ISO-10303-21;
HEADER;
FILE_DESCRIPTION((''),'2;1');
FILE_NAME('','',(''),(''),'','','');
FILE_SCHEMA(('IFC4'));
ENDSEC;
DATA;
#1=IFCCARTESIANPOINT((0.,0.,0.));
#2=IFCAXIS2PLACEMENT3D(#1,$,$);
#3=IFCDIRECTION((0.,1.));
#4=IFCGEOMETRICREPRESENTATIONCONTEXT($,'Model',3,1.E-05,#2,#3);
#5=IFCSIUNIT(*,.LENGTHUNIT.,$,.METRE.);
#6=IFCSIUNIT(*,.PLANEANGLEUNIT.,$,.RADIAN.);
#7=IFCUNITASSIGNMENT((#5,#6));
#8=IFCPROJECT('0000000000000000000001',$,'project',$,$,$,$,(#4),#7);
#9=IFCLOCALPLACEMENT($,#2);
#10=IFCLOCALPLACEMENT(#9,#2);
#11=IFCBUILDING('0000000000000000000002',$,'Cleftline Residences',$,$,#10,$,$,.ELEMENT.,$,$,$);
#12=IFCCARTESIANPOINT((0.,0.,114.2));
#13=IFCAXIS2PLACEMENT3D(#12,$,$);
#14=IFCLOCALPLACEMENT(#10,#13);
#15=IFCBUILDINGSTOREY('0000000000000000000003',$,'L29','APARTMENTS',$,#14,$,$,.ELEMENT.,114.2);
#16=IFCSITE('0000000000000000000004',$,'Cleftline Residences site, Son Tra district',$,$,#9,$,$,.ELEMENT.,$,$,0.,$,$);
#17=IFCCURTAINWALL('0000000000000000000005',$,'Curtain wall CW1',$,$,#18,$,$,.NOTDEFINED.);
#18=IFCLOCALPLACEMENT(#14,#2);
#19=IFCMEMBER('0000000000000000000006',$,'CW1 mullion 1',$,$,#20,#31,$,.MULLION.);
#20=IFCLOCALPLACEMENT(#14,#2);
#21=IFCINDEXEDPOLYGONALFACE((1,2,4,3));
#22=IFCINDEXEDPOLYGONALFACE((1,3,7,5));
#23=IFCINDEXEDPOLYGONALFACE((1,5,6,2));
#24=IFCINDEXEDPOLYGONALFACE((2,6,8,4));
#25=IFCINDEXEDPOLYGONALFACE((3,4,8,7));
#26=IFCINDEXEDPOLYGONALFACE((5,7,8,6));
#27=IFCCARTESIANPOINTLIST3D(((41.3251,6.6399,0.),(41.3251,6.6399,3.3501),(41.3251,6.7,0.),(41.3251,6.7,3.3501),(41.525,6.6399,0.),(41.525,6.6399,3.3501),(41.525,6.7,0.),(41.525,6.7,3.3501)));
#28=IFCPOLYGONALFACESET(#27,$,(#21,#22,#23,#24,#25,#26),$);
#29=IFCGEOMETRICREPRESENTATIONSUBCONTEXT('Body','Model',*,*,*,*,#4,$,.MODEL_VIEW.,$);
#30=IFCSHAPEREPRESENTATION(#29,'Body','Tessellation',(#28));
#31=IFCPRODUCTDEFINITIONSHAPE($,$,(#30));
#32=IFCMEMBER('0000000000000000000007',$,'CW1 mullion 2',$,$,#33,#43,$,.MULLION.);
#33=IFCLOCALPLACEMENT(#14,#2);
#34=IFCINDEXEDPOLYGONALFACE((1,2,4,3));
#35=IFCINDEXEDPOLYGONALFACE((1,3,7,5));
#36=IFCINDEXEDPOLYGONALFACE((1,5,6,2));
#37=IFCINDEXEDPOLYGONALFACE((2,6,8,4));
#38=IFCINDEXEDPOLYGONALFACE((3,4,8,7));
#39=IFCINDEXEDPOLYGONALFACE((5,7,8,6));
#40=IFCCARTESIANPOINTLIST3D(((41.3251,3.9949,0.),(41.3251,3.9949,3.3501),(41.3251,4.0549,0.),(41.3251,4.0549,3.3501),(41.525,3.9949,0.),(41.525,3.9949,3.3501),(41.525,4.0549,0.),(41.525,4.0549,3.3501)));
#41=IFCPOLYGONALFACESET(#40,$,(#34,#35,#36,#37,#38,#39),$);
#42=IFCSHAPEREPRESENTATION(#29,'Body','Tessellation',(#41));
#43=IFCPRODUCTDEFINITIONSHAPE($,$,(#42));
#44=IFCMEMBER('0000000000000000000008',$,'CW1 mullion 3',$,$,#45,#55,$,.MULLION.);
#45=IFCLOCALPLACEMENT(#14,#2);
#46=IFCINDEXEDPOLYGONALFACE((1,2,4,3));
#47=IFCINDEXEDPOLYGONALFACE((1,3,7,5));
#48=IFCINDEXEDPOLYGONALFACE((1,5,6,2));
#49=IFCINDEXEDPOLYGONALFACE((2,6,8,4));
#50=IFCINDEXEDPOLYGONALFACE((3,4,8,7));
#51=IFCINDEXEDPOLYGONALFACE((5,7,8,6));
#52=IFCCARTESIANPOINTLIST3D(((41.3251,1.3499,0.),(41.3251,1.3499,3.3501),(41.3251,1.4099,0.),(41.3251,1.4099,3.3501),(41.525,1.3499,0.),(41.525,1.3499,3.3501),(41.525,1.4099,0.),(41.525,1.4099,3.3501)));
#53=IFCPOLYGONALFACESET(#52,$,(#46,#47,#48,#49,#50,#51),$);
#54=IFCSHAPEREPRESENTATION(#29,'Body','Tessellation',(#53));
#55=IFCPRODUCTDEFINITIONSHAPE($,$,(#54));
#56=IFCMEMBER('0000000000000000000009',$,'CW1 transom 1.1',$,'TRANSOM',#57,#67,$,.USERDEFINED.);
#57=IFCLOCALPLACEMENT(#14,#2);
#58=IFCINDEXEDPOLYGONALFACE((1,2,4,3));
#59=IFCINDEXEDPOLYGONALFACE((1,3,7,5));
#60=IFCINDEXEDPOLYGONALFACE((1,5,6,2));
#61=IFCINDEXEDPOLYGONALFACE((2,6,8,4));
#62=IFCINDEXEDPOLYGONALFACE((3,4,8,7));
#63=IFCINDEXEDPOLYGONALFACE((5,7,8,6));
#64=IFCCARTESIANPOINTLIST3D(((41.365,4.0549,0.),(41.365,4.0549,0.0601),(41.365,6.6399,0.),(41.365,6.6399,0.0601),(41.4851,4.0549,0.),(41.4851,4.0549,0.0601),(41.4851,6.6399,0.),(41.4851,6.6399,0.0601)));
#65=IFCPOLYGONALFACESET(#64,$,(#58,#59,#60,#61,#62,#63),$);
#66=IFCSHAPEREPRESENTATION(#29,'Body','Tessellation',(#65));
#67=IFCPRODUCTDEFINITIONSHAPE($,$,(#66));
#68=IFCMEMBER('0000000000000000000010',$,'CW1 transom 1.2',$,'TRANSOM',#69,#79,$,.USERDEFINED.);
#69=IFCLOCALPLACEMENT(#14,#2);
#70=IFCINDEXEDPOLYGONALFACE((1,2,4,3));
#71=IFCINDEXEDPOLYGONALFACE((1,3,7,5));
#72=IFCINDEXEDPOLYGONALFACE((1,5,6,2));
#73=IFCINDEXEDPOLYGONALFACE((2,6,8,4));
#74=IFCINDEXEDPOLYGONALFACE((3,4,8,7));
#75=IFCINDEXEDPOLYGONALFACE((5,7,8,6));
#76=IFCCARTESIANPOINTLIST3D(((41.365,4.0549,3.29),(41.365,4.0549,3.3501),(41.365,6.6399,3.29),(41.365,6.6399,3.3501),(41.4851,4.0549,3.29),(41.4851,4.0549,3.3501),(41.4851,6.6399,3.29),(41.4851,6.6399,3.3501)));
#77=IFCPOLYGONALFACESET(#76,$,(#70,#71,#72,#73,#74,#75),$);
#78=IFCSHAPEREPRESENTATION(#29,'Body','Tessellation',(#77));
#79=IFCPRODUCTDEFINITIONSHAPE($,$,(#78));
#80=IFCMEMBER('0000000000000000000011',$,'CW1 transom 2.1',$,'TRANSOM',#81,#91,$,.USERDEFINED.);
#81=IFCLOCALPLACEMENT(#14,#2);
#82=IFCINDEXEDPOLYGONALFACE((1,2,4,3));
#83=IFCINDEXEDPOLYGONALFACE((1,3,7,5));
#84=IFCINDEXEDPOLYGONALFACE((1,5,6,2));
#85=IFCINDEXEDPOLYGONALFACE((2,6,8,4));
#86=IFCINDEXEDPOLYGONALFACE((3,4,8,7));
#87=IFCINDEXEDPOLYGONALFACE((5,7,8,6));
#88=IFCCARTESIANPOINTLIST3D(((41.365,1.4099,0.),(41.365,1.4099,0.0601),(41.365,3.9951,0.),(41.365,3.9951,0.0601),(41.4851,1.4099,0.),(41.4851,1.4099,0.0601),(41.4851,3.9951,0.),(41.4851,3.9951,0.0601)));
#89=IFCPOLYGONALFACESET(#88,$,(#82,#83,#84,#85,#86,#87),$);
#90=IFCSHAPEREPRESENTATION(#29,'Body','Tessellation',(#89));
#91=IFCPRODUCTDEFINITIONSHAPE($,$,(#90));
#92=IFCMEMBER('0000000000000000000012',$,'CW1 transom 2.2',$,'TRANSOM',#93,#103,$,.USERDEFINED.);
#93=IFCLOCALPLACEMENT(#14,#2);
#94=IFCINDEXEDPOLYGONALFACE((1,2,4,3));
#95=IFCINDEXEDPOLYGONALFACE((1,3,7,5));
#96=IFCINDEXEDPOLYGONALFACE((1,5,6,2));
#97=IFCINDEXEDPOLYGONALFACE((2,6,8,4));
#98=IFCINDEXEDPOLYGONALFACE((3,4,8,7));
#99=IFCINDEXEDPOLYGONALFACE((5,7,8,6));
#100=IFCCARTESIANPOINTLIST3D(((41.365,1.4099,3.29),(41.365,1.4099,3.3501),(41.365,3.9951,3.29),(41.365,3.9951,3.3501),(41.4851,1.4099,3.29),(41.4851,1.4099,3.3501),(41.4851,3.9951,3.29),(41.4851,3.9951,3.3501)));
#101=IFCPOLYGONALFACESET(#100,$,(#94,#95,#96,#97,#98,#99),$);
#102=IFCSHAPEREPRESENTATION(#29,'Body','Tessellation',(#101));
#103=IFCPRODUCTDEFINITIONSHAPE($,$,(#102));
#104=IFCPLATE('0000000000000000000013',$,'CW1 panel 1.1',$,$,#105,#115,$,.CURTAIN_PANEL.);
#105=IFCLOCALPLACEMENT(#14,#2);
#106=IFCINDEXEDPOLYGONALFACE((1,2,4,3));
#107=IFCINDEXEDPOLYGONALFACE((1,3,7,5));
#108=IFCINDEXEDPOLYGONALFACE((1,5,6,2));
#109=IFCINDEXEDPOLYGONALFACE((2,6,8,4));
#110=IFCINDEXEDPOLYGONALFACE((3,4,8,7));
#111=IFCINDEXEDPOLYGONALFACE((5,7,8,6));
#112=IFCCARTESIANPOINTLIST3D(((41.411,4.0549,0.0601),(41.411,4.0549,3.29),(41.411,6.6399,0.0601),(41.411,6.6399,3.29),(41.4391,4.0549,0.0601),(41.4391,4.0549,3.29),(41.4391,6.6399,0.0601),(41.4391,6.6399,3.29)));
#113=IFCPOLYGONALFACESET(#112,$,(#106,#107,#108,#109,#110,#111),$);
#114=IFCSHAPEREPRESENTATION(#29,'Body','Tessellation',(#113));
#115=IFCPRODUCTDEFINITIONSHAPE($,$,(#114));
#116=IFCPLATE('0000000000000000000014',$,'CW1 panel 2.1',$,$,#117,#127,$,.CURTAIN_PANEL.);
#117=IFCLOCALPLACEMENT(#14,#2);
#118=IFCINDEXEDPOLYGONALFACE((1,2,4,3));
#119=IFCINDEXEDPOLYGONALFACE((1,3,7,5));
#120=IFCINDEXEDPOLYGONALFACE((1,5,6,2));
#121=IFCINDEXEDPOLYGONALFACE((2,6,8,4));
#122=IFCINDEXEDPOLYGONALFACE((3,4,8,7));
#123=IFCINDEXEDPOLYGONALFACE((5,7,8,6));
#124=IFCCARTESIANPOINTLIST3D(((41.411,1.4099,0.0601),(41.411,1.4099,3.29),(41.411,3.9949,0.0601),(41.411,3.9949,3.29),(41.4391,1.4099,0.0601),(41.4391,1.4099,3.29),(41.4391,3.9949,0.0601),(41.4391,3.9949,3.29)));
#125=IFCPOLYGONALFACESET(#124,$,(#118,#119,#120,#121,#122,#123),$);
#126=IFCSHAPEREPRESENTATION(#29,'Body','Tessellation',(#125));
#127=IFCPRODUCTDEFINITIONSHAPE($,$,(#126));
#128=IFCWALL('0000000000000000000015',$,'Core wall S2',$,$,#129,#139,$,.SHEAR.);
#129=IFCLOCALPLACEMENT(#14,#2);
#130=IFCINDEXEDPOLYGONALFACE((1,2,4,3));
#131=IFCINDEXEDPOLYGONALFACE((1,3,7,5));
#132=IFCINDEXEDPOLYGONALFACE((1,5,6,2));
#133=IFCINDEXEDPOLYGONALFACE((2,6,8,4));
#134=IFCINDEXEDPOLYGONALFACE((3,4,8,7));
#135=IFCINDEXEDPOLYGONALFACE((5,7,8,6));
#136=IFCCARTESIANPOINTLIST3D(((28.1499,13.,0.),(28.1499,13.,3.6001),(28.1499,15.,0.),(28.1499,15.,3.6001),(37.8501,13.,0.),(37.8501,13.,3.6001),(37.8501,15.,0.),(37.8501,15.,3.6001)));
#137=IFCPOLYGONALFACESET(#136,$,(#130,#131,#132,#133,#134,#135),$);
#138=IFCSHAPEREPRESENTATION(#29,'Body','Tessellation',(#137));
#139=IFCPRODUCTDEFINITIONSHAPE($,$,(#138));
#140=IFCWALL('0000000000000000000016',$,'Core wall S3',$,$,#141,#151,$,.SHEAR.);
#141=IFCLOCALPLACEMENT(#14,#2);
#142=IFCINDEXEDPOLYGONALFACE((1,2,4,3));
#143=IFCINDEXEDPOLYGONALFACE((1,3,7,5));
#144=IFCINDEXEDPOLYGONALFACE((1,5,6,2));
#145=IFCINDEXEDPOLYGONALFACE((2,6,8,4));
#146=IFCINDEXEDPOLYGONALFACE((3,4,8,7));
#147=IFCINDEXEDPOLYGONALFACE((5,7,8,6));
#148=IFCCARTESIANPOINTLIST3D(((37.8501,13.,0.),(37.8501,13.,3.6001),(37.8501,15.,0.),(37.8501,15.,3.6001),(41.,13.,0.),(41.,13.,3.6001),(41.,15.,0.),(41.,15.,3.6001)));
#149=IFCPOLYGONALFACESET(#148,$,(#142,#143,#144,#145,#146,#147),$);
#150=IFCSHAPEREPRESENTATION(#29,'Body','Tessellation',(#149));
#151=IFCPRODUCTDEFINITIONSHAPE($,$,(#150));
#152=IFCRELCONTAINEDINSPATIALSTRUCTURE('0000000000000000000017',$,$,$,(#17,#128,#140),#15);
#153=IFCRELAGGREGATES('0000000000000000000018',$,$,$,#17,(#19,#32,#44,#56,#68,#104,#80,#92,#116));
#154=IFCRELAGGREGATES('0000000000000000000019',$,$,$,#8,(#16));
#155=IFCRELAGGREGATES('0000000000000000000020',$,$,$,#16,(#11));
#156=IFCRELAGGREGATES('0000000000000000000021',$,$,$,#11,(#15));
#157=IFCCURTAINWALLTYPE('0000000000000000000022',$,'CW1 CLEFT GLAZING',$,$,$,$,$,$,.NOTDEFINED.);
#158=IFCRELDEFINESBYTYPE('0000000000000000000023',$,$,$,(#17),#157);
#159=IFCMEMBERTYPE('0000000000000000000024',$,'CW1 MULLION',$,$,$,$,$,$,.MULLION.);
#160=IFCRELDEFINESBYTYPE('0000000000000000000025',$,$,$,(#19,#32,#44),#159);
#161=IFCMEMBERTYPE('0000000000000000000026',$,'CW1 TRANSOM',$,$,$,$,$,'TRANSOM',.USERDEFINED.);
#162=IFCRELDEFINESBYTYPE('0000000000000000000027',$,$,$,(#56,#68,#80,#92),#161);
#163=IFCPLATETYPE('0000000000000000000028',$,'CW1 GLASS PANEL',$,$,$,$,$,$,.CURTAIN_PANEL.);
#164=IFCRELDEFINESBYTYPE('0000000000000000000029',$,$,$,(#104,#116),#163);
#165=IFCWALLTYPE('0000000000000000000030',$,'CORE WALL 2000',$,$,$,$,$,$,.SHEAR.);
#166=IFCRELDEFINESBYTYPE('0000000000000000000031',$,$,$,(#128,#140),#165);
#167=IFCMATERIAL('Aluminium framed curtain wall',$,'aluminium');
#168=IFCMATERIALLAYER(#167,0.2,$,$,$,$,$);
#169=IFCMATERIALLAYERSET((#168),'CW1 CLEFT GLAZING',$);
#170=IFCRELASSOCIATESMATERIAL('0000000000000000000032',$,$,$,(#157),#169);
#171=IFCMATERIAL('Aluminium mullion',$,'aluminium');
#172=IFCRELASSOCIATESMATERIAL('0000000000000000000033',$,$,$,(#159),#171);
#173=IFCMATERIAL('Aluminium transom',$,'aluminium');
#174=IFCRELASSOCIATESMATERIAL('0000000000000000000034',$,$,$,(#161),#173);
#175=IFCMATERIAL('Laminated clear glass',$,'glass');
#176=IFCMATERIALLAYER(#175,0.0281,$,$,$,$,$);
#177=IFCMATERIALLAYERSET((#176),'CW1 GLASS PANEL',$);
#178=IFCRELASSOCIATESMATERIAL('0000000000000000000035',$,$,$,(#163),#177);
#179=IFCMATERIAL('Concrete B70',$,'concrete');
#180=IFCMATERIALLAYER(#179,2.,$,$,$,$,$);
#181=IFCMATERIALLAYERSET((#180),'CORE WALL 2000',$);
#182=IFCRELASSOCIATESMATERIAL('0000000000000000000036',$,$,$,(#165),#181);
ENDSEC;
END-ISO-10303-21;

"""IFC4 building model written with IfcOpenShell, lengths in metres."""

from ifc_helpers import new_model, si_unit, direction, frame, frame_2d, origin, origin_2d, place, context, subcontext, project, spatial, rectangle, extrude, material, layer, layer_set, material_profile, profile_set, type_object, element, aggregate, save


model = new_model("IFC4")

# Units and contexts
model_context = context("Model", 3, precision=1e-05, world=origin(), true_north=direction((0.0, 1.0)))
body_context = subcontext(model_context, "Body", "Model", "MODEL_VIEW")
ifc_project = project(units=[si_unit("LENGTHUNIT", "METRE"), si_unit("PLANEANGLEUNIT", "RADIAN")], contexts=[model_context])

# Site, building, storey
site_placement = place(None, origin())
site = spatial("IfcSite", under=ifc_project, at=site_placement, Name="Cleftline Residences site, Son Tra district", CompositionType="ELEMENT", RefElevation=0.0)
building_placement = place(site_placement, origin())
building = spatial("IfcBuilding", under=site, at=building_placement, Name="Cleftline Residences", CompositionType="ELEMENT")
storey_placement = place(building_placement, frame((0.0, 0.0, 114.2)))
storey = spatial("IfcBuildingStorey", under=building, at=storey_placement, Name="L29", Description="APARTMENTS", CompositionType="ELEMENT", Elevation=114.2)

# Curtain wall, members, plates
ifc_material_1 = material(Name="Aluminium framed curtain wall", Category="aluminium")
ifc_layer_1 = layer(ifc_material_1, 0.2)
ifc_layer_set_1 = layer_set([ifc_layer_1], Name="CW1 CLEFT GLAZING")
curtain_wall_type = type_object("IfcCurtainWallType", Name="CW1 CLEFT GLAZING", PredefinedType="NOTDEFINED", material=ifc_layer_set_1)
curtain_wall_placement = place(storey_placement, origin())
curtain_wall = element("IfcCurtainWall", 1, at=curtain_wall_placement, inside=storey, type_object=curtain_wall_type, Name="Curtain wall CW1", PredefinedType="NOTDEFINED")
ifc_material_2 = material(Name="Aluminium mullion", Category="aluminium")
ifc_material_profile_1 = material_profile(ifc_material_2, rectangle(XDim=0.2, YDim=0.0601, at=origin_2d()))
ifc_profile_set_1 = profile_set([ifc_material_profile_1], Name="Aluminium mullion")
member_type_1 = type_object("IfcMemberType", Name="CW1 MULLION", PredefinedType="MULLION", material=ifc_profile_set_1)
member_1_placement = place(storey_placement, frame((41.425, 6.6699, 0.0), z_axis=(0.0, 0.0, 1.0), x_axis=(1.0, 0.0, 0.0)))
member_1 = element("IfcMember", 2, at=member_1_placement, type_object=member_type_1, Name="CW1 mullion 1", PredefinedType="MULLION", context=body_context, shape_type="SweptSolid", body=[
    extrude(rectangle(XDim=0.2, YDim=0.0601, at=origin_2d()), origin(), (0.0, 0.0, 1.0), 3.3501),
])
member_2_placement = place(storey_placement, frame((41.425, 4.0249, 0.0), z_axis=(0.0, 0.0, 1.0), x_axis=(1.0, 0.0, 0.0)))
member_2 = element("IfcMember", 3, at=member_2_placement, type_object=member_type_1, Name="CW1 mullion 2", PredefinedType="MULLION", context=body_context, shape_type="SweptSolid", body=[
    extrude(rectangle(XDim=0.2, YDim=0.0601, at=origin_2d()), origin(), (0.0, 0.0, 1.0), 3.3501),
])
member_3_placement = place(storey_placement, frame((41.425, 1.3799, 0.0), z_axis=(0.0, 0.0, 1.0), x_axis=(1.0, 0.0, 0.0)))
member_3 = element("IfcMember", 4, at=member_3_placement, type_object=member_type_1, Name="CW1 mullion 3", PredefinedType="MULLION", context=body_context, shape_type="SweptSolid", body=[
    extrude(rectangle(XDim=0.2, YDim=0.0601, at=origin_2d()), origin(), (0.0, 0.0, 1.0), 3.3501),
])
ifc_material_3 = material(Name="Aluminium transom", Category="aluminium")
ifc_material_profile_2 = material_profile(ifc_material_3, rectangle(XDim=0.1201, YDim=0.0601, at=origin_2d()))
ifc_profile_set_2 = profile_set([ifc_material_profile_2], Name="Aluminium transom")
member_type_2 = type_object("IfcMemberType", Name="CW1 TRANSOM", ElementType="TRANSOM", PredefinedType="USERDEFINED", material=ifc_profile_set_2)
member_4_placement = place(storey_placement, frame((41.425, 6.6399, 0.03), z_axis=(0.0, -1.0, 0.0), x_axis=(1.0, 0.0, 0.0)))
member_4 = element("IfcMember", 5, at=member_4_placement, type_object=member_type_2, Name="CW1 transom 1.1", ObjectType="TRANSOM", PredefinedType="USERDEFINED", context=body_context, shape_type="SweptSolid", body=[
    extrude(rectangle(XDim=0.1201, YDim=0.0601, at=origin_2d()), origin(), (0.0, 0.0, 1.0), 2.585),
])
member_5_placement = place(storey_placement, frame((41.425, 6.6399, 3.3201), z_axis=(0.0, -1.0, 0.0), x_axis=(1.0, 0.0, 0.0)))
member_5 = element("IfcMember", 6, at=member_5_placement, type_object=member_type_2, Name="CW1 transom 1.2", ObjectType="TRANSOM", PredefinedType="USERDEFINED", context=body_context, shape_type="SweptSolid", body=[
    extrude(rectangle(XDim=0.1201, YDim=0.0601, at=origin_2d()), origin(), (0.0, 0.0, 1.0), 2.585),
])
member_6_placement = place(storey_placement, frame((41.425, 3.9951, 0.03), z_axis=(0.0, -1.0, 0.0), x_axis=(1.0, 0.0, 0.0)))
member_6 = element("IfcMember", 7, at=member_6_placement, type_object=member_type_2, Name="CW1 transom 2.1", ObjectType="TRANSOM", PredefinedType="USERDEFINED", context=body_context, shape_type="SweptSolid", body=[
    extrude(rectangle(XDim=0.1201, YDim=0.0601, at=origin_2d()), origin(), (0.0, 0.0, 1.0), 2.5852),
])
member_7_placement = place(storey_placement, frame((41.425, 3.9951, 3.3201), z_axis=(0.0, -1.0, 0.0), x_axis=(1.0, 0.0, 0.0)))
member_7 = element("IfcMember", 8, at=member_7_placement, type_object=member_type_2, Name="CW1 transom 2.2", ObjectType="TRANSOM", PredefinedType="USERDEFINED", context=body_context, shape_type="SweptSolid", body=[
    extrude(rectangle(XDim=0.1201, YDim=0.0601, at=origin_2d()), origin(), (0.0, 0.0, 1.0), 2.5852),
])
ifc_material_4 = material(Name="Laminated clear glass", Category="glass")
ifc_layer_2 = layer(ifc_material_4, 0.0281)
ifc_layer_set_2 = layer_set([ifc_layer_2], Name="CW1 GLASS PANEL")
plate_type = type_object("IfcPlateType", Name="CW1 GLASS PANEL", PredefinedType="CURTAIN_PANEL", material=ifc_layer_set_2)
plate_1_placement = place(storey_placement, frame((41.425, 5.3474, 0.0601), z_axis=(0.0, 0.0, 1.0), x_axis=(0.0, -1.0, 0.0)))
plate_1 = element("IfcPlate", 9, at=plate_1_placement, type_object=plate_type, Name="CW1 panel 1.1", PredefinedType="CURTAIN_PANEL", context=body_context, shape_type="SweptSolid", body=[
    extrude(rectangle(XDim=2.585, YDim=0.0281, at=origin_2d()), origin(), (0.0, 0.0, 1.0), 3.23),
])
plate_2_placement = place(storey_placement, frame((41.425, 2.7024, 0.0601), z_axis=(0.0, 0.0, 1.0), x_axis=(0.0, -1.0, 0.0)))
plate_2 = element("IfcPlate", 10, at=plate_2_placement, type_object=plate_type, Name="CW1 panel 2.1", PredefinedType="CURTAIN_PANEL", context=body_context, shape_type="SweptSolid", body=[
    extrude(rectangle(XDim=2.585, YDim=0.0281, at=origin_2d()), origin(), (0.0, 0.0, 1.0), 3.23),
])
aggregate(curtain_wall, [member_1, member_2, member_3, member_4, member_5, plate_1, member_6, member_7, plate_2])

# Walls
ifc_material_5 = material(Name="Concrete B70", Category="concrete")
ifc_layer_3 = layer(ifc_material_5, 2.0)
ifc_layer_set_3 = layer_set([ifc_layer_3], Name="CORE WALL 2000")
wall_type_1 = type_object("IfcWallType", Name="CORE WALL 2000", PredefinedType="SHEAR", material=ifc_layer_set_3)
wall_1_placement = place(storey_placement, frame((28.1499, 14.0, 0.0), z_axis=(0.0, 0.0, 1.0), x_axis=(1.0, 0.0, 0.0)))
element("IfcWall", 11, at=wall_1_placement, inside=storey, type_object=wall_type_1, Name="Core wall S2", PredefinedType="SHEAR", context=body_context, shape_type="SweptSolid", body=[
    extrude(rectangle(XDim=9.7002, YDim=2.0, at=frame_2d((4.8501, 0.0))), origin(), (0.0, 0.0, 1.0), 3.6001),
])
wall_2_placement = place(storey_placement, frame((37.8501, 14.0, 0.0), z_axis=(0.0, 0.0, 1.0), x_axis=(1.0, 0.0, 0.0)))
element("IfcWall", 12, at=wall_2_placement, inside=storey, type_object=wall_type_1, Name="Core wall S3", PredefinedType="SHEAR", context=body_context, shape_type="SweptSolid", body=[
    extrude(rectangle(XDim=3.1499, YDim=2.0, at=frame_2d((1.575, 0.0))), origin(), (0.0, 0.0, 1.0), 3.6001),
])

save(model, "model.ifc")
